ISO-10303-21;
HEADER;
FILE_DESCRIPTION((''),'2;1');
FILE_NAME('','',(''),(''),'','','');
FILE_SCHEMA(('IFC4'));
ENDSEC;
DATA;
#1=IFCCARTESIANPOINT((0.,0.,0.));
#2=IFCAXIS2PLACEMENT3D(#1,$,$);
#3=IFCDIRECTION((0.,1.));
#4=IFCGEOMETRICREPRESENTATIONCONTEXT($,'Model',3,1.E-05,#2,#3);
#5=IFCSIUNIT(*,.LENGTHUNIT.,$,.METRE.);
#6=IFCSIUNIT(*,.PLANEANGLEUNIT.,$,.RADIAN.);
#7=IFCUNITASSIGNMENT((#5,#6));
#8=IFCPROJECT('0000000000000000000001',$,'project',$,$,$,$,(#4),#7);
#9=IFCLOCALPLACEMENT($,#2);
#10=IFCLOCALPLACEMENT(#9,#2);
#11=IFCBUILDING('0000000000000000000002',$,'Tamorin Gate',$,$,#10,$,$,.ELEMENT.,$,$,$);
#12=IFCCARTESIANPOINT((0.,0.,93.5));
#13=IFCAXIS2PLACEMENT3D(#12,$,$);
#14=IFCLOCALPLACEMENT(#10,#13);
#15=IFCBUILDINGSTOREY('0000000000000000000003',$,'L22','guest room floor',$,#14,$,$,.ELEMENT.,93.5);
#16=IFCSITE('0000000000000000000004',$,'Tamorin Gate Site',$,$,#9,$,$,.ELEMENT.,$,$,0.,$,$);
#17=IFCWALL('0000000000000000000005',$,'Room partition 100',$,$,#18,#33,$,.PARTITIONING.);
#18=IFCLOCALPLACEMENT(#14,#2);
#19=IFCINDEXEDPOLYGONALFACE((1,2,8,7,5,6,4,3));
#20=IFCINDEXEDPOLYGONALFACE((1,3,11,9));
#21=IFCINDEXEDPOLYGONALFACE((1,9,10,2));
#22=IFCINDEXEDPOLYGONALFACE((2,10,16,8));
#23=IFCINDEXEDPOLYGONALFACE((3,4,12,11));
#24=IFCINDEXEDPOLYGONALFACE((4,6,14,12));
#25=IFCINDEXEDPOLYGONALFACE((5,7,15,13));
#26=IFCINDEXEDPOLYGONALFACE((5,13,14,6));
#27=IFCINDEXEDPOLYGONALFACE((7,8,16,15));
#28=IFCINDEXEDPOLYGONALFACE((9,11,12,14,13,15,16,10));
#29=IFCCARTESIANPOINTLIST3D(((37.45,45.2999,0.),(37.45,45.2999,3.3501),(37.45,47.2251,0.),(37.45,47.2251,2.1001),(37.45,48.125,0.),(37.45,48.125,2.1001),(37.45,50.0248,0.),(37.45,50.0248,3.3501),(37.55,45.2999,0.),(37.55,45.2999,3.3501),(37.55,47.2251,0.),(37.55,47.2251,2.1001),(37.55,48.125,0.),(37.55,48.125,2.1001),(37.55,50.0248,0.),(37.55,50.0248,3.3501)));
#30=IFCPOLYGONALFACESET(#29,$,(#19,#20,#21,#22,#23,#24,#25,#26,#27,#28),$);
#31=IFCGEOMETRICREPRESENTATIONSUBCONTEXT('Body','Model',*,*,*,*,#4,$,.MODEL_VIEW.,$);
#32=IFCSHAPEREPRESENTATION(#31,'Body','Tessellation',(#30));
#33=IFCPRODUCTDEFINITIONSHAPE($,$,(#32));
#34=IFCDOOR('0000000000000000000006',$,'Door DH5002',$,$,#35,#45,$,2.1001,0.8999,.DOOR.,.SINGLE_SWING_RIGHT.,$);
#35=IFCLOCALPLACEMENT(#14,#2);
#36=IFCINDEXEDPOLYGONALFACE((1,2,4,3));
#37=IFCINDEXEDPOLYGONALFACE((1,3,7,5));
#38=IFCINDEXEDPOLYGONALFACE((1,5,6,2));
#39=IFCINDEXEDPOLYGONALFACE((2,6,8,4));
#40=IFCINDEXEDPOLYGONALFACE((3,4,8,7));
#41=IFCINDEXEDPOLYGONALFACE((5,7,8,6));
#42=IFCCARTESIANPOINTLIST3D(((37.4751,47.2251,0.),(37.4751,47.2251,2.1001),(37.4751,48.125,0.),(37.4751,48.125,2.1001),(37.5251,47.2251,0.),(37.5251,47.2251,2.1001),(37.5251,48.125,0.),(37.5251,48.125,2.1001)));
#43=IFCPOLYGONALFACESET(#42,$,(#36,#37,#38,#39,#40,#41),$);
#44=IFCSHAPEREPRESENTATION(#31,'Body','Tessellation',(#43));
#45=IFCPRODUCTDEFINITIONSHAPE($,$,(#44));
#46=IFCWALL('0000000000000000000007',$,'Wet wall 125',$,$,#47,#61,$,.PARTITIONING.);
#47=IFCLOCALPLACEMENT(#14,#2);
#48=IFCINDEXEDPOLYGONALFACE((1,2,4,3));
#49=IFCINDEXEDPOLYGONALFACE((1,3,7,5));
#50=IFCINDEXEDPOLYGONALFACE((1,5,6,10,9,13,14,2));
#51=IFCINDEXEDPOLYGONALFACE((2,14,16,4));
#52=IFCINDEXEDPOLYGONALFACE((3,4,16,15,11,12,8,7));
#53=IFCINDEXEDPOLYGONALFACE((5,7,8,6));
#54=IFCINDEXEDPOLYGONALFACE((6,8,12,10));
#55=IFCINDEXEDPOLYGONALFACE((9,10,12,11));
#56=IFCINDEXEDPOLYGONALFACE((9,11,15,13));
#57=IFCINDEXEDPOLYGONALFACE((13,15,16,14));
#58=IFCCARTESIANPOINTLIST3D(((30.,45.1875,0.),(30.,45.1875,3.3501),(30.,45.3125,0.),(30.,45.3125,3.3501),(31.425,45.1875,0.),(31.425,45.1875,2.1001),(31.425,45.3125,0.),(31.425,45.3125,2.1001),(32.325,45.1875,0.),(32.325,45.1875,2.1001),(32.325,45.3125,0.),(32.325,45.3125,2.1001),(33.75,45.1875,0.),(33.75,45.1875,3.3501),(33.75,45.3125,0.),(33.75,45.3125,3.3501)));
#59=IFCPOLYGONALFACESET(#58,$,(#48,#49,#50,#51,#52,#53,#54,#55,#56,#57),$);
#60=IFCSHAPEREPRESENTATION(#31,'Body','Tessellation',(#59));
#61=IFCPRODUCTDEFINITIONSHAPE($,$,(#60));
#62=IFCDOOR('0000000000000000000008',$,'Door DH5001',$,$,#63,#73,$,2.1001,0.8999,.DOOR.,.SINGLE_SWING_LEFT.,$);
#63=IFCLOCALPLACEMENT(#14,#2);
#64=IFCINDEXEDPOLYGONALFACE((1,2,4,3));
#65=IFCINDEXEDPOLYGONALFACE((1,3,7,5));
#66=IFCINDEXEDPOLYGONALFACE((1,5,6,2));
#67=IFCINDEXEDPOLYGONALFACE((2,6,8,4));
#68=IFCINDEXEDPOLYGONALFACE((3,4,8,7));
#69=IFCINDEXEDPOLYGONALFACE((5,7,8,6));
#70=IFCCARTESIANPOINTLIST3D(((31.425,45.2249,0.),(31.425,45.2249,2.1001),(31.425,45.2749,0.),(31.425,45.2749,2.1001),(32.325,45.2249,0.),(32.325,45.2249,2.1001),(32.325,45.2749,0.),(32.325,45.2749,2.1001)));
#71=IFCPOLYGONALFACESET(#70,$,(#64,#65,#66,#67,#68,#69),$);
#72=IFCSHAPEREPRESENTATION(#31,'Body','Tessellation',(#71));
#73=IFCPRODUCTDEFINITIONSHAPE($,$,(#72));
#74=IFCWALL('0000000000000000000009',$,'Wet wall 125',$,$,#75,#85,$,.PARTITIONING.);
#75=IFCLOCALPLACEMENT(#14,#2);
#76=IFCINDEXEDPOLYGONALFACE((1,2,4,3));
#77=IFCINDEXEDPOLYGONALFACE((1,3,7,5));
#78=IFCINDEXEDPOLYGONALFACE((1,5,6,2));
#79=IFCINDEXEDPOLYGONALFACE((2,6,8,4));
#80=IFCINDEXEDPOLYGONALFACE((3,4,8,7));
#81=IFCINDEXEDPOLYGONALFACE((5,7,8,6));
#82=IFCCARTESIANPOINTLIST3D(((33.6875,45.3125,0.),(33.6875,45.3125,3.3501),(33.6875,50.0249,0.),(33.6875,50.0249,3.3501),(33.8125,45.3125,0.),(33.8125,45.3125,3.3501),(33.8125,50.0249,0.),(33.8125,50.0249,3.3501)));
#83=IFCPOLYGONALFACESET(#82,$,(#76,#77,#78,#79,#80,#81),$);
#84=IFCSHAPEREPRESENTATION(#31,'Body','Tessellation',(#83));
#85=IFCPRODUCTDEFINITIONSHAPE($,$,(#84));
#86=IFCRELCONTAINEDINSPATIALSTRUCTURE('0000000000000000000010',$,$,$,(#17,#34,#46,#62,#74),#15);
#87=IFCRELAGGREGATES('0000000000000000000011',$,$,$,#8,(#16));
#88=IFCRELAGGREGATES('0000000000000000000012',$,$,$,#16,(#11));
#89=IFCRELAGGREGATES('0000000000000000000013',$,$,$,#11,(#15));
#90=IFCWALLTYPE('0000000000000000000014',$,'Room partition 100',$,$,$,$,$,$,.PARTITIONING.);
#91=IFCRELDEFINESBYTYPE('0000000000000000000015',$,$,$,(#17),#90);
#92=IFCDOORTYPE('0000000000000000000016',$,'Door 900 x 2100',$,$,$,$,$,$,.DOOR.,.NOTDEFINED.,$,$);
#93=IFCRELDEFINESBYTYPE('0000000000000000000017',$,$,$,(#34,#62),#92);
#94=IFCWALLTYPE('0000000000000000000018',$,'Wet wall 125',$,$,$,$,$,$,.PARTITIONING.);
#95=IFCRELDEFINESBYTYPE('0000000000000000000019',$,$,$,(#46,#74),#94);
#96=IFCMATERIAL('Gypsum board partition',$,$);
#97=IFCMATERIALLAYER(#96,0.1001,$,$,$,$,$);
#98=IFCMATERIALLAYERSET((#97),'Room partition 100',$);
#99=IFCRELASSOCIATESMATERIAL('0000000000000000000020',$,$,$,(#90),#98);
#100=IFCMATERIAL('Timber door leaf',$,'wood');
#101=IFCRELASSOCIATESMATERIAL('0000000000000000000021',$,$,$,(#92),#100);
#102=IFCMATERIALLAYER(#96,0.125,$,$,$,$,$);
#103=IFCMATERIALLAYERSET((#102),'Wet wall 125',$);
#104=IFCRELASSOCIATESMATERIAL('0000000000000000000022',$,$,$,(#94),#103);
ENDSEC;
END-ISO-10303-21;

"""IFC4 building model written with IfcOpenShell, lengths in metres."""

from ifc_helpers import new_model, si_unit, direction, frame, frame_2d, origin, place, context, subcontext, project, spatial, rectangle, extrude, material, layer, layer_set, type_object, element, fill, save


model = new_model("IFC4")

# Units and contexts
model_context = context("Model", 3, precision=1e-05, world=origin(), true_north=direction((0.0, 1.0)))
body_context = subcontext(model_context, "Body", "Model", "MODEL_VIEW")
ifc_project = project(units=[si_unit("LENGTHUNIT", "METRE"), si_unit("PLANEANGLEUNIT", "RADIAN")], contexts=[model_context])

# Site, building, storey
site_placement = place(None, origin())
site = spatial("IfcSite", under=ifc_project, at=site_placement, Name="Tamorin Gate Site", CompositionType="ELEMENT", RefElevation=0.0)
building_placement = place(site_placement, origin())
building = spatial("IfcBuilding", under=site, at=building_placement, Name="Tamorin Gate", CompositionType="ELEMENT")
storey_placement = place(building_placement, frame((0.0, 0.0, 93.5)))
storey = spatial("IfcBuildingStorey", under=building, at=storey_placement, Name="L22", Description="guest room floor", CompositionType="ELEMENT", Elevation=93.5)

# Shared definitions
ifc_material_1 = material(Name="Gypsum board partition")
ifc_layer_1 = layer(ifc_material_1, 0.1001)
ifc_layer_set_1 = layer_set([ifc_layer_1], Name="Room partition 100")
wall_type_1 = type_object("IfcWallType", Name="Room partition 100", PredefinedType="PARTITIONING", material=ifc_layer_set_1)
ifc_material_2 = material(Name="Timber door leaf", Category="wood")
door_type = type_object("IfcDoorType", Name="Door 900 x 2100", OperationType="NOTDEFINED", PredefinedType="DOOR", material=ifc_material_2)

# Walls, openings, doors
wall_1_placement = place(storey_placement, frame((37.5, 45.3, 0.0), z_axis=(0.0, 0.0, 1.0), x_axis=(0.0, 1.0, 0.0)))
wall_1 = element("IfcWall", 1, at=wall_1_placement, inside=storey, type_object=wall_type_1, Name="Room partition 100", PredefinedType="PARTITIONING", context=body_context, shape_type="SweptSolid", body=[
    extrude(rectangle(XDim=4.7249, YDim=0.1001, at=frame_2d((2.3623, 0.0))), origin(), (0.0, 0.0, 1.0), 3.3501),
])
opening_1_placement = place(wall_1_placement, frame((1.925, 0.0, 0.0)))
opening_1 = element("IfcOpeningElement", 2, at=opening_1_placement, cuts=wall_1, PredefinedType="OPENING", context=body_context, shape_type="SweptSolid", body=[
    extrude(rectangle(XDim=0.8999, YDim=2.1001, at=frame_2d((0.45, 1.05))), frame((0.0, 0.0601, 0.0), z_axis=(0.0, -1.0, 0.0), x_axis=(1.0, 0.0, 0.0)), (0.0, 0.0, 1.0), 0.1201),
])
door_1_placement = place(opening_1_placement, origin())
door_1 = element("IfcDoor", 3, at=door_1_placement, inside=storey, type_object=door_type, Name="Door DH5002", OperationType="SINGLE_SWING_RIGHT", OverallHeight=2.1001, OverallWidth=0.8999, PredefinedType="DOOR", context=body_context, shape_type="SweptSolid", body=[
    extrude(rectangle(XDim=0.8999, YDim=2.1001, at=frame_2d((0.45, 1.05))), frame((0.0, 0.0249, 0.0), z_axis=(0.0, -1.0, 0.0), x_axis=(1.0, 0.0, 0.0)), (0.0, 0.0, 1.0), 0.05),
])
fill(opening_1, door_1)
ifc_layer_2 = layer(ifc_material_1, 0.125)
ifc_layer_set_2 = layer_set([ifc_layer_2], Name="Wet wall 125")
wall_type_2 = type_object("IfcWallType", Name="Wet wall 125", PredefinedType="PARTITIONING", material=ifc_layer_set_2)
wall_2_placement = place(storey_placement, frame((30.0, 45.25, 0.0), z_axis=(0.0, 0.0, 1.0), x_axis=(1.0, 0.0, 0.0)))
wall_2 = element("IfcWall", 4, at=wall_2_placement, inside=storey, type_object=wall_type_2, Name="Wet wall 125", PredefinedType="PARTITIONING", context=body_context, shape_type="SweptSolid", body=[
    extrude(rectangle(XDim=3.75, YDim=0.125, at=frame_2d((1.875, 0.0))), origin(), (0.0, 0.0, 1.0), 3.3501),
])
opening_2_placement = place(wall_2_placement, frame((1.425, 0.0, 0.0)))
opening_2 = element("IfcOpeningElement", 5, at=opening_2_placement, cuts=wall_2, PredefinedType="OPENING", context=body_context, shape_type="SweptSolid", body=[
    extrude(rectangle(XDim=0.8999, YDim=2.1001, at=frame_2d((0.45, 1.05))), frame((0.0, 0.0725, 0.0), z_axis=(0.0, -1.0, 0.0), x_axis=(1.0, 0.0, 0.0)), (0.0, 0.0, 1.0), 0.145),
])
door_2_placement = place(opening_2_placement, origin())
door_2 = element("IfcDoor", 6, at=door_2_placement, inside=storey, type_object=door_type, Name="Door DH5001", OperationType="SINGLE_SWING_LEFT", OverallHeight=2.1001, OverallWidth=0.8999, PredefinedType="DOOR", context=body_context, shape_type="SweptSolid", body=[
    extrude(rectangle(XDim=0.8999, YDim=2.1001, at=frame_2d((0.45, 1.05))), frame((0.0, 0.0249, 0.0), z_axis=(0.0, -1.0, 0.0), x_axis=(1.0, 0.0, 0.0)), (0.0, 0.0, 1.0), 0.05),
])
fill(opening_2, door_2)

# Wall
wall_3_placement = place(storey_placement, frame((33.75, 45.3125, 0.0), z_axis=(0.0, 0.0, 1.0), x_axis=(0.0, 1.0, 0.0)))
element("IfcWall", 7, at=wall_3_placement, inside=storey, type_object=wall_type_2, Name="Wet wall 125", PredefinedType="PARTITIONING", context=body_context, shape_type="SweptSolid", body=[
    extrude(rectangle(XDim=4.7124, YDim=0.125, at=frame_2d((2.3562, 0.0))), origin(), (0.0, 0.0, 1.0), 3.3501),
])

save(model, "model.ifc")
